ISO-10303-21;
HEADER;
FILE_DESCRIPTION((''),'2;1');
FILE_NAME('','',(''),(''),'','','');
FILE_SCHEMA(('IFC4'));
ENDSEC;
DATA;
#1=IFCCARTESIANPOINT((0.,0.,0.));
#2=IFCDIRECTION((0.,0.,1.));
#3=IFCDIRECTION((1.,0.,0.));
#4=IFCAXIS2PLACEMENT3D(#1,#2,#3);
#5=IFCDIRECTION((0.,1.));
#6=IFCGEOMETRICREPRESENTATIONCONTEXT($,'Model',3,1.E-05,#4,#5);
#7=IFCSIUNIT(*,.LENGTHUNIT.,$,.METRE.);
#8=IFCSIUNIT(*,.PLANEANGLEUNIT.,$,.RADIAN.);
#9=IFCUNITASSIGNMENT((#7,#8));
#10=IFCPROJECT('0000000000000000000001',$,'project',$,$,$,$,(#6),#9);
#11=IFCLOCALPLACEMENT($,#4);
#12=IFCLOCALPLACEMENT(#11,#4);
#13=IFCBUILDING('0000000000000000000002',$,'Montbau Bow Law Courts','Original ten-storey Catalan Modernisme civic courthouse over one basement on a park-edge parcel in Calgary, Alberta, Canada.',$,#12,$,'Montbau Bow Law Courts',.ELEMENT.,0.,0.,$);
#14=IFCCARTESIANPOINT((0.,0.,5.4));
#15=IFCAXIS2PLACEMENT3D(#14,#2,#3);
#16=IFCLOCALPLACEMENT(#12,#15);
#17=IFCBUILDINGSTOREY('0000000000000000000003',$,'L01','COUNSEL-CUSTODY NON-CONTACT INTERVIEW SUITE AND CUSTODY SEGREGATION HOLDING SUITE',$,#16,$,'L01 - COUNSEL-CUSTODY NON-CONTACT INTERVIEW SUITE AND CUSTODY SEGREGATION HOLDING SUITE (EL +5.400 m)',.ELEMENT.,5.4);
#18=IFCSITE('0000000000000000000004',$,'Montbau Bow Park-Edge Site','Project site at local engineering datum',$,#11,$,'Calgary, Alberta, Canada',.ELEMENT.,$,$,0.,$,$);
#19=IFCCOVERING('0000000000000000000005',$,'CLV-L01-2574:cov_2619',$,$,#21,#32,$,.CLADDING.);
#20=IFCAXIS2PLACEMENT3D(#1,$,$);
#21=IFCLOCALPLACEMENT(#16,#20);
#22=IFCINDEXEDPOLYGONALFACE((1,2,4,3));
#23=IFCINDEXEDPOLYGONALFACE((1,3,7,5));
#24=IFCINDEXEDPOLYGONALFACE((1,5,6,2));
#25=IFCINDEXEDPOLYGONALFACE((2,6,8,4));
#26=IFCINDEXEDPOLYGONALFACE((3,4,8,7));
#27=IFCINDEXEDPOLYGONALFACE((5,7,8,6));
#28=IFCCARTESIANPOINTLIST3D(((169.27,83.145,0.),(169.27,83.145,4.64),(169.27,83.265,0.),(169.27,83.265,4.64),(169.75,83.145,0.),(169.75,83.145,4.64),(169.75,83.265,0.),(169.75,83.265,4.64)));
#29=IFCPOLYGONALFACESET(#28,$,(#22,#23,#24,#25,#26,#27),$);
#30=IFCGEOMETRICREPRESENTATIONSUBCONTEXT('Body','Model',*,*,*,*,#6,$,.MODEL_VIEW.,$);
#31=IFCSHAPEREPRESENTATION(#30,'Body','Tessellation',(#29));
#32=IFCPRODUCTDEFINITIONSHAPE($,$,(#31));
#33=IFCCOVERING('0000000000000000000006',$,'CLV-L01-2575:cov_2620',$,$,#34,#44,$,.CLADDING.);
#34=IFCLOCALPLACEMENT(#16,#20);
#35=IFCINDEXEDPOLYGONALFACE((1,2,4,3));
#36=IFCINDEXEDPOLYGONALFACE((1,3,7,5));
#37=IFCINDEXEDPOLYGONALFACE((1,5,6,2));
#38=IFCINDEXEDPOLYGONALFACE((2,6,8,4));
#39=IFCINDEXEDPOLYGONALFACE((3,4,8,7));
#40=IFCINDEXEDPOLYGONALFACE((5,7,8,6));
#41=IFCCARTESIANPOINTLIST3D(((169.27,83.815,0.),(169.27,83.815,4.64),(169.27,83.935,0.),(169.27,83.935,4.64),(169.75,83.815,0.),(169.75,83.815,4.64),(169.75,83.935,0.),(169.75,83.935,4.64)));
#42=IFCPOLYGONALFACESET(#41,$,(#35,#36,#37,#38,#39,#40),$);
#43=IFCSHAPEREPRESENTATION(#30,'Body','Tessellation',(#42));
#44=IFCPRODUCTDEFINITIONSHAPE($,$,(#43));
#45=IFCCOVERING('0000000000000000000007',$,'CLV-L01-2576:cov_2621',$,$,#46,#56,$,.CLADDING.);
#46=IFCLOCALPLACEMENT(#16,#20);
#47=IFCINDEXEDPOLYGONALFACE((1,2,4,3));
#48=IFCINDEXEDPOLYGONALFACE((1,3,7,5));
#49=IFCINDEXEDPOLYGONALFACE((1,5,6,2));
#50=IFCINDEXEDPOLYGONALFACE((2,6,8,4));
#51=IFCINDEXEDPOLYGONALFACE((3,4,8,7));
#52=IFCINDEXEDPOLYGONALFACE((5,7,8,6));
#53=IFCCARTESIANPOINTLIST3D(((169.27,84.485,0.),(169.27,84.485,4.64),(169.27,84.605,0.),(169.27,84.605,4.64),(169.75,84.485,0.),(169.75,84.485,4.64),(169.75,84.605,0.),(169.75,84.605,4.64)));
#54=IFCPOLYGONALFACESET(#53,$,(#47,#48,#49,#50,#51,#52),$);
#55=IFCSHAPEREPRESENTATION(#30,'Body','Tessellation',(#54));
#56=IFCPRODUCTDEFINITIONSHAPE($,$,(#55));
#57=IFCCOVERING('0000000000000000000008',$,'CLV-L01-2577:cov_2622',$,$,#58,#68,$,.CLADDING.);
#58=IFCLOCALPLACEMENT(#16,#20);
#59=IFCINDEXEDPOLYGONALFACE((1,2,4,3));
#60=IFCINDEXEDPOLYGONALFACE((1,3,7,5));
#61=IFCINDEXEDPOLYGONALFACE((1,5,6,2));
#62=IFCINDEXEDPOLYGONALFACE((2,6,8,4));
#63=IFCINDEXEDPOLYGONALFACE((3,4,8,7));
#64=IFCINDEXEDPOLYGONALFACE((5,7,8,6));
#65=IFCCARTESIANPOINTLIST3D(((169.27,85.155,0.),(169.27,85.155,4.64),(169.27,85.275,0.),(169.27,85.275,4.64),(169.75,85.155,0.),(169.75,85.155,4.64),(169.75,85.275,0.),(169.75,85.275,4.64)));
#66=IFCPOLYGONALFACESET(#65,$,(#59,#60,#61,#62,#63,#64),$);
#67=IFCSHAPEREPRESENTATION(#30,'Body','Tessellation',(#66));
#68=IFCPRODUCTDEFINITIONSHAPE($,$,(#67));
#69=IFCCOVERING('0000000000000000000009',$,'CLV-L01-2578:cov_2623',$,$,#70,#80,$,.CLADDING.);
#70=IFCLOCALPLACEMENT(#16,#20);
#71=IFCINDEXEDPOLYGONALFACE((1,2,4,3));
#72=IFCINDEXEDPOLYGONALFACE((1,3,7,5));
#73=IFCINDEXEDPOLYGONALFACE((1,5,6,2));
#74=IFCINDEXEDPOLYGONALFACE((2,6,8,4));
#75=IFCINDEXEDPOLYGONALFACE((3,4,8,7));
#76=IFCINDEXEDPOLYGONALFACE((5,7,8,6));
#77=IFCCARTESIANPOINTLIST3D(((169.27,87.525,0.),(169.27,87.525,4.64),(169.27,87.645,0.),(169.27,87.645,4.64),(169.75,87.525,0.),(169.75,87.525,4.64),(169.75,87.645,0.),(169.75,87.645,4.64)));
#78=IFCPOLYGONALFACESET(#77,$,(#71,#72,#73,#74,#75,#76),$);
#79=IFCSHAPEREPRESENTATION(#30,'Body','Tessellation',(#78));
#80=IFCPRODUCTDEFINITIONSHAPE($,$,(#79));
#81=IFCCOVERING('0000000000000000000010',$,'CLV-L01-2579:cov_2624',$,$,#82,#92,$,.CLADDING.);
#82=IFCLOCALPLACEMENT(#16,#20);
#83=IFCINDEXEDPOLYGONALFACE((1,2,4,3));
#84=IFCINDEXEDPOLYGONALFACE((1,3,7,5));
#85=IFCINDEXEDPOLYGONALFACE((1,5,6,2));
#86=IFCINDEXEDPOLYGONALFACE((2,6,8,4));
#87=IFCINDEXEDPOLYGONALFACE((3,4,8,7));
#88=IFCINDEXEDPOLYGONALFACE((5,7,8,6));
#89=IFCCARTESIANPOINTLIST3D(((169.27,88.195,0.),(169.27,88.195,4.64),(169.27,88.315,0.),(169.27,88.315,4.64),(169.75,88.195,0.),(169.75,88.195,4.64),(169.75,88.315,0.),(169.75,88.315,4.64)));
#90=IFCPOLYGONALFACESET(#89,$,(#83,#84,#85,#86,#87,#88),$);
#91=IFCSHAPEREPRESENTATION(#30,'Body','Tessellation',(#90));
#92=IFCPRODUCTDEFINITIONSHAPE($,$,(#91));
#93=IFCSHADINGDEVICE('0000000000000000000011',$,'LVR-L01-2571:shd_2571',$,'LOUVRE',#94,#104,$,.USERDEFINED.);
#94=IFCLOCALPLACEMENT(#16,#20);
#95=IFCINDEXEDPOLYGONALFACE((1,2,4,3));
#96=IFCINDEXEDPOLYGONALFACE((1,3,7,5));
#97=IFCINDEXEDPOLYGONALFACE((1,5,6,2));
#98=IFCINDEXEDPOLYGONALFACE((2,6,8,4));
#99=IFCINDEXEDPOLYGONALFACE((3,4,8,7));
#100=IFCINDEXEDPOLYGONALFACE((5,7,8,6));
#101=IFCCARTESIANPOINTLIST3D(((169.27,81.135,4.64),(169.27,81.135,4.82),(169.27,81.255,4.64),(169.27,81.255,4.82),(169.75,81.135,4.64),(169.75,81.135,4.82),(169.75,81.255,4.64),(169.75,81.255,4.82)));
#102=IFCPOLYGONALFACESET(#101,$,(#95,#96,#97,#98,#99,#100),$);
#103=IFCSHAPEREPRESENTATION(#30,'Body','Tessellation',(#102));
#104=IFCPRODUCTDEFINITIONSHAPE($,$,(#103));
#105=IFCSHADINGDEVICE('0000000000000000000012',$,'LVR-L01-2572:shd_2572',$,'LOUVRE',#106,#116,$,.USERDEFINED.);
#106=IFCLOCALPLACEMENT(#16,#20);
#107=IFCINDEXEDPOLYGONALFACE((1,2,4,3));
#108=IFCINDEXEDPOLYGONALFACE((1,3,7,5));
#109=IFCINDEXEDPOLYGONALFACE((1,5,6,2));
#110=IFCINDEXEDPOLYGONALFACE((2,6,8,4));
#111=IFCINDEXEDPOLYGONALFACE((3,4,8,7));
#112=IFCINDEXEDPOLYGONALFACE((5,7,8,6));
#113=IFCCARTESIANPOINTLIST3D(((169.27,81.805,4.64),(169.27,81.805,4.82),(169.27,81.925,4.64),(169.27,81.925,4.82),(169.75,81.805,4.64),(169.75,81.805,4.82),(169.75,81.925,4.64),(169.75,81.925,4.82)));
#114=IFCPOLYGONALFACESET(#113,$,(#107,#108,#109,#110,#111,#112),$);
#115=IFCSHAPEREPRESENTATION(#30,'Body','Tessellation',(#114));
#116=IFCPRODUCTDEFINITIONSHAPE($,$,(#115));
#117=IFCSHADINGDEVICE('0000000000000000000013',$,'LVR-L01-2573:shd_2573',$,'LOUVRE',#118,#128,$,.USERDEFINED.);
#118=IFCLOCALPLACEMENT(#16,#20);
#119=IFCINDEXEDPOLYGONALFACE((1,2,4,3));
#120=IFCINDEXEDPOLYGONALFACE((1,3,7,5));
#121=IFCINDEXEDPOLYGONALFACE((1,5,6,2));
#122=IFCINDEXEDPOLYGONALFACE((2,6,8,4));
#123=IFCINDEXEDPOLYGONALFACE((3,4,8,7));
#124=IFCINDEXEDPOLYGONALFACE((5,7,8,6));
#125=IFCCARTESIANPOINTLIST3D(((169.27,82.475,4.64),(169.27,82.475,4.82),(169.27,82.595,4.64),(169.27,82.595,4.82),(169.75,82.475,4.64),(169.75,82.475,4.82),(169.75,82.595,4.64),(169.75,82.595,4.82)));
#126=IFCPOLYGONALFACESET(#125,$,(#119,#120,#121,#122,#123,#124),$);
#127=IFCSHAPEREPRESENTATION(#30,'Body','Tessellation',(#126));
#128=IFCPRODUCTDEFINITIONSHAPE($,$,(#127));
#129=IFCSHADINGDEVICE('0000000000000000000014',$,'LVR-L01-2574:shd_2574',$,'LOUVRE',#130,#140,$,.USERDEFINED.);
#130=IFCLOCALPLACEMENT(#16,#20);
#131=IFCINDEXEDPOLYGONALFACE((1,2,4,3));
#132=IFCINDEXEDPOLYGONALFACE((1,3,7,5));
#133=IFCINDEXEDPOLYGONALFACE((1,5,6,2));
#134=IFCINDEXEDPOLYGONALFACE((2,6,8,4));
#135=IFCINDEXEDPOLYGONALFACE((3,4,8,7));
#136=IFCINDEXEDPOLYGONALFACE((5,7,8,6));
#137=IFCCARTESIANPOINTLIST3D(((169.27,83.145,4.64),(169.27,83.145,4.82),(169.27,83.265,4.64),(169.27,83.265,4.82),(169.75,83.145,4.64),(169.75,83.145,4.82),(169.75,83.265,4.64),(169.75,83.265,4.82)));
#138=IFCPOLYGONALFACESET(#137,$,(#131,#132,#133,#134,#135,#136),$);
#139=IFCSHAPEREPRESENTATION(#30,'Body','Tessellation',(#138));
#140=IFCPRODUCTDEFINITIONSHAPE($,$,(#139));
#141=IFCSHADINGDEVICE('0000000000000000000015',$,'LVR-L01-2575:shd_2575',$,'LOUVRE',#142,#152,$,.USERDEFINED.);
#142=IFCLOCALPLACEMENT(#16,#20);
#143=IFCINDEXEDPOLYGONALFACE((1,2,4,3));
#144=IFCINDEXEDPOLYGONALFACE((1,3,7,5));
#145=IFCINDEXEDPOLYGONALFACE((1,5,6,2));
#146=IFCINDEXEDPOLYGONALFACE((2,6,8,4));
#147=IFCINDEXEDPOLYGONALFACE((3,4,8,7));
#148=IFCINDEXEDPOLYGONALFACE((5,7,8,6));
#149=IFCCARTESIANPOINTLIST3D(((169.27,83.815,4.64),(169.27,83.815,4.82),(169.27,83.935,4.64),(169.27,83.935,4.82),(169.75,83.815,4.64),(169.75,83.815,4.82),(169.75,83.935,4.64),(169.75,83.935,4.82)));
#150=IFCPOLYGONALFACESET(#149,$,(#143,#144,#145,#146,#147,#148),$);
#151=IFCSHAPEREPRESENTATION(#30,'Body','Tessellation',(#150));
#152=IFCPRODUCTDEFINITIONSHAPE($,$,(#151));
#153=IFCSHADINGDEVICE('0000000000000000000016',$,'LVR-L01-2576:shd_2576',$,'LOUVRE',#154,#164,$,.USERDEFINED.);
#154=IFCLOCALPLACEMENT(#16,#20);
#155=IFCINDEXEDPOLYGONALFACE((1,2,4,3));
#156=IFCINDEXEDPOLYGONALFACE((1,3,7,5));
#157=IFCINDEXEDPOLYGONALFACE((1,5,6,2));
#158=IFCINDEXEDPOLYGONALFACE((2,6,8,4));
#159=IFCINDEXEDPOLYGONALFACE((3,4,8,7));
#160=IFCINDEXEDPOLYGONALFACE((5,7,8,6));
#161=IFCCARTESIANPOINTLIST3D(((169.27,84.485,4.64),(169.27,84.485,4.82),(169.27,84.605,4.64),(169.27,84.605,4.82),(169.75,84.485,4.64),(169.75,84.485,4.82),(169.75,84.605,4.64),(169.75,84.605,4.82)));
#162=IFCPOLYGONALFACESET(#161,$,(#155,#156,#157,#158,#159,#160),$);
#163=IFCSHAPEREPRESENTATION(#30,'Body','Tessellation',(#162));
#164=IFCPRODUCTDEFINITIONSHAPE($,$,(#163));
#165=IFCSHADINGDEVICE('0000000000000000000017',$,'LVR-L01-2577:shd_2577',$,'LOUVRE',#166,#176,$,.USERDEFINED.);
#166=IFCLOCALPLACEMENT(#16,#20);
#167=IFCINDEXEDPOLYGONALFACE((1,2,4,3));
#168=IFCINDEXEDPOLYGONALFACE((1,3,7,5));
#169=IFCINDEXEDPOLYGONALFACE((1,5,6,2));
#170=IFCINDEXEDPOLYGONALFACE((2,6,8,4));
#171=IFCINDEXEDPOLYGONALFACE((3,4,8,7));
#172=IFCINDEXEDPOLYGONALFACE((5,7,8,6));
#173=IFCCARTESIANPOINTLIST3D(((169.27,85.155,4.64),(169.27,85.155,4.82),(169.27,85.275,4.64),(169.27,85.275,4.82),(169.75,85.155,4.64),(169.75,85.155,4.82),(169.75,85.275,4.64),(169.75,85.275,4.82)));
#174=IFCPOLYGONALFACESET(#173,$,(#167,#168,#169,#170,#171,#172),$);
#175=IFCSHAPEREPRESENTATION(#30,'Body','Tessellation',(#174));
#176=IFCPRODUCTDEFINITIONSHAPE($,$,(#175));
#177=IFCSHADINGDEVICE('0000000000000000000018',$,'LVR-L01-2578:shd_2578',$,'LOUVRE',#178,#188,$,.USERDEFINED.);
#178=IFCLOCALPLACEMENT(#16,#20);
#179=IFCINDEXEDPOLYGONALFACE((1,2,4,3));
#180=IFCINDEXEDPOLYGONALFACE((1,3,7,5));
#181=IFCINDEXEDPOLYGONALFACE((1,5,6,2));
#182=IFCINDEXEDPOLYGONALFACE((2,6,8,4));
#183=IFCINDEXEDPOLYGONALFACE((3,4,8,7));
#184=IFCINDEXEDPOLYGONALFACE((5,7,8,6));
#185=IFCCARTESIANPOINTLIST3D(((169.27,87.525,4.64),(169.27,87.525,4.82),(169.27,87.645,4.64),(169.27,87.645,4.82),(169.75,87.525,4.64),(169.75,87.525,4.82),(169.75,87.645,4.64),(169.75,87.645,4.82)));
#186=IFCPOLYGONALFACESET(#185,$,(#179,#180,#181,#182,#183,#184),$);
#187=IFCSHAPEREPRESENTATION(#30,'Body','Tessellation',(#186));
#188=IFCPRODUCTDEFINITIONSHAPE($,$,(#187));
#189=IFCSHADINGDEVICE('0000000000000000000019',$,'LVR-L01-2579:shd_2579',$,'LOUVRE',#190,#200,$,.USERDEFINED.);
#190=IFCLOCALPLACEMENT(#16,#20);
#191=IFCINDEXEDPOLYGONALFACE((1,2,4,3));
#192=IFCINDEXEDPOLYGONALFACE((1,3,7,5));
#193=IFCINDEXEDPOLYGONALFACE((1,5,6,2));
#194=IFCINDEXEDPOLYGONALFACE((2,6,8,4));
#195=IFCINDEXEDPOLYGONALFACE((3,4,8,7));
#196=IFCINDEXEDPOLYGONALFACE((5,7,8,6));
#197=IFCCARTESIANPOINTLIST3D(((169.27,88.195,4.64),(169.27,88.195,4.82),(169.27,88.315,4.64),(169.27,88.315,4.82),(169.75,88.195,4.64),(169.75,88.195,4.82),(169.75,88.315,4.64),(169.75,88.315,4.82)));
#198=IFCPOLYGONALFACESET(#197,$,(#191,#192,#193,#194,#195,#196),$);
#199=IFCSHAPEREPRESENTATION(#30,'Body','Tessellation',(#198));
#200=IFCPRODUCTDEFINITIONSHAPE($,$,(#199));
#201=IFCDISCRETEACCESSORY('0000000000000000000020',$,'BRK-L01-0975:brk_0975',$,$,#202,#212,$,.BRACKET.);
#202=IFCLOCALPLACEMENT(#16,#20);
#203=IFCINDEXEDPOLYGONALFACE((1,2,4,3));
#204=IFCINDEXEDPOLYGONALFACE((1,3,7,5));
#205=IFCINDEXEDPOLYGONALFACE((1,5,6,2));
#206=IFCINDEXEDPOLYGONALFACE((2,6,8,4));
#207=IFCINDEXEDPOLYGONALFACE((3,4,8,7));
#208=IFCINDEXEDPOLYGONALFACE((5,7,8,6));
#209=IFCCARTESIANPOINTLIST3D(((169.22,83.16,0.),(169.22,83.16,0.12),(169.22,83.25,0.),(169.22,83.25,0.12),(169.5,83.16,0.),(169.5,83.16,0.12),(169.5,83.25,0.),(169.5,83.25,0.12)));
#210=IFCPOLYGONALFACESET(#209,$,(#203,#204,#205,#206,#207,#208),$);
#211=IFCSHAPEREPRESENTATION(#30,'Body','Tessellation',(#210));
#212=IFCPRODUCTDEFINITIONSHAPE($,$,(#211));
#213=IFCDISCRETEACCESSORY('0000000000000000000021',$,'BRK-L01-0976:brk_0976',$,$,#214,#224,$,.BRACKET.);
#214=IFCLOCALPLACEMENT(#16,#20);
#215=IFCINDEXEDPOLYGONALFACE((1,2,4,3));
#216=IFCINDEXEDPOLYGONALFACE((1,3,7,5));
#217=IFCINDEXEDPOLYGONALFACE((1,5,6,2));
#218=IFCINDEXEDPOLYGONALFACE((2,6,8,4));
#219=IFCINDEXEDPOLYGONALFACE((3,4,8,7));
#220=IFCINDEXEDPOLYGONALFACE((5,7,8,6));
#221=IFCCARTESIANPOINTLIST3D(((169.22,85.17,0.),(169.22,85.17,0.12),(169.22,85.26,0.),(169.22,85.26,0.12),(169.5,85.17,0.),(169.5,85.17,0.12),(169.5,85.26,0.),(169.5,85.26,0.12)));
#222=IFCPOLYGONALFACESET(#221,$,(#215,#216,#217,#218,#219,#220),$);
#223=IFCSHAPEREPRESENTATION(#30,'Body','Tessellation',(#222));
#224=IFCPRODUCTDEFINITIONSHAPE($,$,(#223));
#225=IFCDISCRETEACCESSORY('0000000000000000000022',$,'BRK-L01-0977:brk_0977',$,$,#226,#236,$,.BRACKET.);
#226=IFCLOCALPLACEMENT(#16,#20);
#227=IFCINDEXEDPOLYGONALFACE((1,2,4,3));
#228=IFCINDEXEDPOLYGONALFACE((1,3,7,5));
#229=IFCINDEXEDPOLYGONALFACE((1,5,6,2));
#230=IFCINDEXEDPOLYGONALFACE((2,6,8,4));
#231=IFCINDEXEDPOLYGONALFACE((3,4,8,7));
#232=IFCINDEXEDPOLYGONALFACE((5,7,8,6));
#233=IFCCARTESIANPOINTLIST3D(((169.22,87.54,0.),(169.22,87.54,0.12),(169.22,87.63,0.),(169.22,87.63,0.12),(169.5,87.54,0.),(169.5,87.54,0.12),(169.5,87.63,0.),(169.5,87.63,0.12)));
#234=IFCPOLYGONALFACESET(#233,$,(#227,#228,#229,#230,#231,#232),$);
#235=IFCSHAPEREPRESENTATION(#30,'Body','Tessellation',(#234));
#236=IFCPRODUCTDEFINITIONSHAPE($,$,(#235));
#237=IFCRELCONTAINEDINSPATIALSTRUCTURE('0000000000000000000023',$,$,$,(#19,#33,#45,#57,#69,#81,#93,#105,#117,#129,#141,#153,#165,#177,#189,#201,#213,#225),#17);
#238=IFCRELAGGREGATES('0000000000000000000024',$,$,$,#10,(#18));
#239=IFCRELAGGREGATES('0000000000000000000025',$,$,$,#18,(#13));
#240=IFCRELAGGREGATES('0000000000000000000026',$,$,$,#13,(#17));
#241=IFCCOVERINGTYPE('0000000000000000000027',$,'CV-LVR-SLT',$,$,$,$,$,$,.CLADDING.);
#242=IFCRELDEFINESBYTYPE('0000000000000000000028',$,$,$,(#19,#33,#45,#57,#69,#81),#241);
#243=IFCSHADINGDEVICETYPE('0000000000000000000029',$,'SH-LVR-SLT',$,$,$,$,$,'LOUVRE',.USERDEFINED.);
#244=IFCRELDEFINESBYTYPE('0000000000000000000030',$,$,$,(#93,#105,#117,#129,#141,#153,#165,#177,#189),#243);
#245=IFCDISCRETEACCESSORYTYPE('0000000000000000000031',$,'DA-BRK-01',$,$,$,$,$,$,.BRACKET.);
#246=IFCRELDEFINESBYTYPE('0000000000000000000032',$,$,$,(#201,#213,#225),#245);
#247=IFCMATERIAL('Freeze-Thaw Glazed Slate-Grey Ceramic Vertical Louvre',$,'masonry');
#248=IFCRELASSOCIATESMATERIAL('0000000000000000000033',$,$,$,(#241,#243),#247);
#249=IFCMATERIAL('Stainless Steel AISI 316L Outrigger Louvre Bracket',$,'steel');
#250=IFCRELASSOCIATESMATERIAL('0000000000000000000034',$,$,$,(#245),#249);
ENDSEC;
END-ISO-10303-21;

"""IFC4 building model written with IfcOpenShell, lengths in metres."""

from ifc_helpers import new_model, si_unit, direction, frame, frame_2d, origin_with_axes, origin_2d_with_axis, place, context, subcontext, project, spatial, rectangle, extrude, material, type_object, element, save


model = new_model("IFC4")

# Units and contexts
model_context = context("Model", 3, precision=1e-05, world=origin_with_axes(), true_north=direction((0.0, 1.0)))
body_context = subcontext(model_context, "Body", "Model", "MODEL_VIEW")
ifc_project = project(units=[si_unit("LENGTHUNIT", "METRE"), si_unit("PLANEANGLEUNIT", "RADIAN")], contexts=[model_context])

# Site, building, storey
site_placement = place(None, origin_with_axes())
site = spatial("IfcSite", under=ifc_project, at=site_placement, Name="Montbau Bow Park-Edge Site", Description="Project site at local engineering datum", LongName="Calgary, Alberta, Canada", CompositionType="ELEMENT", RefElevation=0.0)
building_placement = place(site_placement, origin_with_axes())
building = spatial("IfcBuilding", under=site, at=building_placement, Name="Montbau Bow Law Courts", Description="Original ten-storey Catalan Modernisme civic courthouse over one basement on a park-edge parcel in Calgary, Alberta, Canada.", LongName="Montbau Bow Law Courts", CompositionType="ELEMENT", ElevationOfRefHeight=0.0, ElevationOfTerrain=0.0)
storey_placement = place(building_placement, frame((0.0, 0.0, 5.4), z_axis=(0.0, 0.0, 1.0), x_axis=(1.0, 0.0, 0.0)))
storey = spatial("IfcBuildingStorey", under=building, at=storey_placement, Name="L01", Description="COUNSEL-CUSTODY NON-CONTACT INTERVIEW SUITE AND CUSTODY SEGREGATION HOLDING SUITE", LongName="L01 - COUNSEL-CUSTODY NON-CONTACT INTERVIEW SUITE AND CUSTODY SEGREGATION HOLDING SUITE (EL +5.400 m)", CompositionType="ELEMENT", Elevation=5.4)

# Coverings
ifc_material_1 = material(Name="Freeze-Thaw Glazed Slate-Grey Ceramic Vertical Louvre", Category="masonry")
covering_type = type_object("IfcCoveringType", Name="CV-LVR-SLT", PredefinedType="CLADDING", material=ifc_material_1)
for number, where, z_axis, x_axis, name in (
    (1, (169.27, 83.205, 5.4), (0.0, -1.0, 0.0), (1.0, 0.0, 0.0), "CLV-L01-2574:cov_2619"),
    (2, (169.27, 83.875, 5.4), (0.0, -1.0, 0.0), (1.0, 0.0, 0.0), "CLV-L01-2575:cov_2620"),
    (3, (169.27, 84.545, 5.4), (0.0, -1.0, 0.0), (1.0, 0.0, 0.0), "CLV-L01-2576:cov_2621"),
    (4, (169.27, 85.215, 5.4), (0.0, -1.0, 0.0), (1.0, 0.0, 0.0), "CLV-L01-2577:cov_2622"),
    (5, (169.27, 87.585, 5.4), (0.0, -1.0, 0.0), (1.0, 0.0, 0.0), "CLV-L01-2578:cov_2623"),
    (6, (169.27, 88.255, 5.4), (0.0, -1.0, 0.0), (1.0, 0.0, 0.0), "CLV-L01-2579:cov_2624"),
):
    element("IfcCovering", number, at=place(None, frame(where, z_axis=z_axis, x_axis=x_axis)), inside=storey, type_object=covering_type, Name=name, PredefinedType="CLADDING", context=body_context, shape_type="SweptSolid", body=[
        extrude(rectangle(XDim=0.48, YDim=4.64, at=frame_2d((0.24, 2.32), x_axis=(1.0, 0.0))), frame((0.0, 0.0, -0.06), z_axis=(0.0, 0.0, 1.0), x_axis=(1.0, 0.0, 0.0)), (0.0, 0.0, 1.0), 0.12),
    ])

# Shading devices
shading_device_type = type_object("IfcShadingDeviceType", Name="SH-LVR-SLT", ElementType="LOUVRE", PredefinedType="USERDEFINED", material=ifc_material_1)
for number, where, z_axis, x_axis, name in (
    (7, (169.51, 81.195, 10.04), (0.0, 0.0, 1.0), (1.0, 0.0, 0.0), "LVR-L01-2571:shd_2571"),
    (8, (169.51, 81.865, 10.04), (0.0, 0.0, 1.0), (1.0, 0.0, 0.0), "LVR-L01-2572:shd_2572"),
    (9, (169.51, 82.535, 10.04), (0.0, 0.0, 1.0), (1.0, 0.0, 0.0), "LVR-L01-2573:shd_2573"),
    (10, (169.51, 83.205, 10.04), (0.0, 0.0, 1.0), (1.0, 0.0, 0.0), "LVR-L01-2574:shd_2574"),
    (11, (169.51, 83.875, 10.04), (0.0, 0.0, 1.0), (1.0, 0.0, 0.0), "LVR-L01-2575:shd_2575"),
    (12, (169.51, 84.545, 10.04), (0.0, 0.0, 1.0), (1.0, 0.0, 0.0), "LVR-L01-2576:shd_2576"),
    (13, (169.51, 85.215, 10.04), (0.0, 0.0, 1.0), (1.0, 0.0, 0.0), "LVR-L01-2577:shd_2577"),
    (14, (169.51, 87.585, 10.04), (0.0, 0.0, 1.0), (1.0, 0.0, 0.0), "LVR-L01-2578:shd_2578"),
    (15, (169.51, 88.255, 10.04), (0.0, 0.0, 1.0), (1.0, 0.0, 0.0), "LVR-L01-2579:shd_2579"),
):
    element("IfcShadingDevice", number, at=place(None, frame(where, z_axis=z_axis, x_axis=x_axis)), inside=storey, type_object=shading_device_type, Name=name, ObjectType="LOUVRE", PredefinedType="USERDEFINED", context=body_context, shape_type="SweptSolid", body=[
        extrude(rectangle(XDim=0.48, YDim=0.12, at=origin_2d_with_axis()), origin_with_axes(), (0.0, 0.0, 1.0), 0.18),
    ])

# Discrete accessories
ifc_material_2 = material(Name="Stainless Steel AISI 316L Outrigger Louvre Bracket", Category="steel")
discrete_accessory_type = type_object("IfcDiscreteAccessoryType", Name="DA-BRK-01", PredefinedType="BRACKET", material=ifc_material_2)
for number, where, z_axis, x_axis, name in (
    (16, (169.36, 83.205, 5.4), (0.0, 0.0, 1.0), (1.0, 0.0, 0.0), "BRK-L01-0975:brk_0975"),
    (17, (169.36, 85.215, 5.4), (0.0, 0.0, 1.0), (1.0, 0.0, 0.0), "BRK-L01-0976:brk_0976"),
    (18, (169.36, 87.585, 5.4), (0.0, 0.0, 1.0), (1.0, 0.0, 0.0), "BRK-L01-0977:brk_0977"),
):
    element("IfcDiscreteAccessory", number, at=place(None, frame(where, z_axis=z_axis, x_axis=x_axis)), inside=storey, type_object=discrete_accessory_type, Name=name, PredefinedType="BRACKET", context=body_context, shape_type="SweptSolid", body=[
        extrude(rectangle(XDim=0.28, YDim=0.09, at=origin_2d_with_axis()), origin_with_axes(), (0.0, 0.0, 1.0), 0.12),
    ])

save(model, "model.ifc")
